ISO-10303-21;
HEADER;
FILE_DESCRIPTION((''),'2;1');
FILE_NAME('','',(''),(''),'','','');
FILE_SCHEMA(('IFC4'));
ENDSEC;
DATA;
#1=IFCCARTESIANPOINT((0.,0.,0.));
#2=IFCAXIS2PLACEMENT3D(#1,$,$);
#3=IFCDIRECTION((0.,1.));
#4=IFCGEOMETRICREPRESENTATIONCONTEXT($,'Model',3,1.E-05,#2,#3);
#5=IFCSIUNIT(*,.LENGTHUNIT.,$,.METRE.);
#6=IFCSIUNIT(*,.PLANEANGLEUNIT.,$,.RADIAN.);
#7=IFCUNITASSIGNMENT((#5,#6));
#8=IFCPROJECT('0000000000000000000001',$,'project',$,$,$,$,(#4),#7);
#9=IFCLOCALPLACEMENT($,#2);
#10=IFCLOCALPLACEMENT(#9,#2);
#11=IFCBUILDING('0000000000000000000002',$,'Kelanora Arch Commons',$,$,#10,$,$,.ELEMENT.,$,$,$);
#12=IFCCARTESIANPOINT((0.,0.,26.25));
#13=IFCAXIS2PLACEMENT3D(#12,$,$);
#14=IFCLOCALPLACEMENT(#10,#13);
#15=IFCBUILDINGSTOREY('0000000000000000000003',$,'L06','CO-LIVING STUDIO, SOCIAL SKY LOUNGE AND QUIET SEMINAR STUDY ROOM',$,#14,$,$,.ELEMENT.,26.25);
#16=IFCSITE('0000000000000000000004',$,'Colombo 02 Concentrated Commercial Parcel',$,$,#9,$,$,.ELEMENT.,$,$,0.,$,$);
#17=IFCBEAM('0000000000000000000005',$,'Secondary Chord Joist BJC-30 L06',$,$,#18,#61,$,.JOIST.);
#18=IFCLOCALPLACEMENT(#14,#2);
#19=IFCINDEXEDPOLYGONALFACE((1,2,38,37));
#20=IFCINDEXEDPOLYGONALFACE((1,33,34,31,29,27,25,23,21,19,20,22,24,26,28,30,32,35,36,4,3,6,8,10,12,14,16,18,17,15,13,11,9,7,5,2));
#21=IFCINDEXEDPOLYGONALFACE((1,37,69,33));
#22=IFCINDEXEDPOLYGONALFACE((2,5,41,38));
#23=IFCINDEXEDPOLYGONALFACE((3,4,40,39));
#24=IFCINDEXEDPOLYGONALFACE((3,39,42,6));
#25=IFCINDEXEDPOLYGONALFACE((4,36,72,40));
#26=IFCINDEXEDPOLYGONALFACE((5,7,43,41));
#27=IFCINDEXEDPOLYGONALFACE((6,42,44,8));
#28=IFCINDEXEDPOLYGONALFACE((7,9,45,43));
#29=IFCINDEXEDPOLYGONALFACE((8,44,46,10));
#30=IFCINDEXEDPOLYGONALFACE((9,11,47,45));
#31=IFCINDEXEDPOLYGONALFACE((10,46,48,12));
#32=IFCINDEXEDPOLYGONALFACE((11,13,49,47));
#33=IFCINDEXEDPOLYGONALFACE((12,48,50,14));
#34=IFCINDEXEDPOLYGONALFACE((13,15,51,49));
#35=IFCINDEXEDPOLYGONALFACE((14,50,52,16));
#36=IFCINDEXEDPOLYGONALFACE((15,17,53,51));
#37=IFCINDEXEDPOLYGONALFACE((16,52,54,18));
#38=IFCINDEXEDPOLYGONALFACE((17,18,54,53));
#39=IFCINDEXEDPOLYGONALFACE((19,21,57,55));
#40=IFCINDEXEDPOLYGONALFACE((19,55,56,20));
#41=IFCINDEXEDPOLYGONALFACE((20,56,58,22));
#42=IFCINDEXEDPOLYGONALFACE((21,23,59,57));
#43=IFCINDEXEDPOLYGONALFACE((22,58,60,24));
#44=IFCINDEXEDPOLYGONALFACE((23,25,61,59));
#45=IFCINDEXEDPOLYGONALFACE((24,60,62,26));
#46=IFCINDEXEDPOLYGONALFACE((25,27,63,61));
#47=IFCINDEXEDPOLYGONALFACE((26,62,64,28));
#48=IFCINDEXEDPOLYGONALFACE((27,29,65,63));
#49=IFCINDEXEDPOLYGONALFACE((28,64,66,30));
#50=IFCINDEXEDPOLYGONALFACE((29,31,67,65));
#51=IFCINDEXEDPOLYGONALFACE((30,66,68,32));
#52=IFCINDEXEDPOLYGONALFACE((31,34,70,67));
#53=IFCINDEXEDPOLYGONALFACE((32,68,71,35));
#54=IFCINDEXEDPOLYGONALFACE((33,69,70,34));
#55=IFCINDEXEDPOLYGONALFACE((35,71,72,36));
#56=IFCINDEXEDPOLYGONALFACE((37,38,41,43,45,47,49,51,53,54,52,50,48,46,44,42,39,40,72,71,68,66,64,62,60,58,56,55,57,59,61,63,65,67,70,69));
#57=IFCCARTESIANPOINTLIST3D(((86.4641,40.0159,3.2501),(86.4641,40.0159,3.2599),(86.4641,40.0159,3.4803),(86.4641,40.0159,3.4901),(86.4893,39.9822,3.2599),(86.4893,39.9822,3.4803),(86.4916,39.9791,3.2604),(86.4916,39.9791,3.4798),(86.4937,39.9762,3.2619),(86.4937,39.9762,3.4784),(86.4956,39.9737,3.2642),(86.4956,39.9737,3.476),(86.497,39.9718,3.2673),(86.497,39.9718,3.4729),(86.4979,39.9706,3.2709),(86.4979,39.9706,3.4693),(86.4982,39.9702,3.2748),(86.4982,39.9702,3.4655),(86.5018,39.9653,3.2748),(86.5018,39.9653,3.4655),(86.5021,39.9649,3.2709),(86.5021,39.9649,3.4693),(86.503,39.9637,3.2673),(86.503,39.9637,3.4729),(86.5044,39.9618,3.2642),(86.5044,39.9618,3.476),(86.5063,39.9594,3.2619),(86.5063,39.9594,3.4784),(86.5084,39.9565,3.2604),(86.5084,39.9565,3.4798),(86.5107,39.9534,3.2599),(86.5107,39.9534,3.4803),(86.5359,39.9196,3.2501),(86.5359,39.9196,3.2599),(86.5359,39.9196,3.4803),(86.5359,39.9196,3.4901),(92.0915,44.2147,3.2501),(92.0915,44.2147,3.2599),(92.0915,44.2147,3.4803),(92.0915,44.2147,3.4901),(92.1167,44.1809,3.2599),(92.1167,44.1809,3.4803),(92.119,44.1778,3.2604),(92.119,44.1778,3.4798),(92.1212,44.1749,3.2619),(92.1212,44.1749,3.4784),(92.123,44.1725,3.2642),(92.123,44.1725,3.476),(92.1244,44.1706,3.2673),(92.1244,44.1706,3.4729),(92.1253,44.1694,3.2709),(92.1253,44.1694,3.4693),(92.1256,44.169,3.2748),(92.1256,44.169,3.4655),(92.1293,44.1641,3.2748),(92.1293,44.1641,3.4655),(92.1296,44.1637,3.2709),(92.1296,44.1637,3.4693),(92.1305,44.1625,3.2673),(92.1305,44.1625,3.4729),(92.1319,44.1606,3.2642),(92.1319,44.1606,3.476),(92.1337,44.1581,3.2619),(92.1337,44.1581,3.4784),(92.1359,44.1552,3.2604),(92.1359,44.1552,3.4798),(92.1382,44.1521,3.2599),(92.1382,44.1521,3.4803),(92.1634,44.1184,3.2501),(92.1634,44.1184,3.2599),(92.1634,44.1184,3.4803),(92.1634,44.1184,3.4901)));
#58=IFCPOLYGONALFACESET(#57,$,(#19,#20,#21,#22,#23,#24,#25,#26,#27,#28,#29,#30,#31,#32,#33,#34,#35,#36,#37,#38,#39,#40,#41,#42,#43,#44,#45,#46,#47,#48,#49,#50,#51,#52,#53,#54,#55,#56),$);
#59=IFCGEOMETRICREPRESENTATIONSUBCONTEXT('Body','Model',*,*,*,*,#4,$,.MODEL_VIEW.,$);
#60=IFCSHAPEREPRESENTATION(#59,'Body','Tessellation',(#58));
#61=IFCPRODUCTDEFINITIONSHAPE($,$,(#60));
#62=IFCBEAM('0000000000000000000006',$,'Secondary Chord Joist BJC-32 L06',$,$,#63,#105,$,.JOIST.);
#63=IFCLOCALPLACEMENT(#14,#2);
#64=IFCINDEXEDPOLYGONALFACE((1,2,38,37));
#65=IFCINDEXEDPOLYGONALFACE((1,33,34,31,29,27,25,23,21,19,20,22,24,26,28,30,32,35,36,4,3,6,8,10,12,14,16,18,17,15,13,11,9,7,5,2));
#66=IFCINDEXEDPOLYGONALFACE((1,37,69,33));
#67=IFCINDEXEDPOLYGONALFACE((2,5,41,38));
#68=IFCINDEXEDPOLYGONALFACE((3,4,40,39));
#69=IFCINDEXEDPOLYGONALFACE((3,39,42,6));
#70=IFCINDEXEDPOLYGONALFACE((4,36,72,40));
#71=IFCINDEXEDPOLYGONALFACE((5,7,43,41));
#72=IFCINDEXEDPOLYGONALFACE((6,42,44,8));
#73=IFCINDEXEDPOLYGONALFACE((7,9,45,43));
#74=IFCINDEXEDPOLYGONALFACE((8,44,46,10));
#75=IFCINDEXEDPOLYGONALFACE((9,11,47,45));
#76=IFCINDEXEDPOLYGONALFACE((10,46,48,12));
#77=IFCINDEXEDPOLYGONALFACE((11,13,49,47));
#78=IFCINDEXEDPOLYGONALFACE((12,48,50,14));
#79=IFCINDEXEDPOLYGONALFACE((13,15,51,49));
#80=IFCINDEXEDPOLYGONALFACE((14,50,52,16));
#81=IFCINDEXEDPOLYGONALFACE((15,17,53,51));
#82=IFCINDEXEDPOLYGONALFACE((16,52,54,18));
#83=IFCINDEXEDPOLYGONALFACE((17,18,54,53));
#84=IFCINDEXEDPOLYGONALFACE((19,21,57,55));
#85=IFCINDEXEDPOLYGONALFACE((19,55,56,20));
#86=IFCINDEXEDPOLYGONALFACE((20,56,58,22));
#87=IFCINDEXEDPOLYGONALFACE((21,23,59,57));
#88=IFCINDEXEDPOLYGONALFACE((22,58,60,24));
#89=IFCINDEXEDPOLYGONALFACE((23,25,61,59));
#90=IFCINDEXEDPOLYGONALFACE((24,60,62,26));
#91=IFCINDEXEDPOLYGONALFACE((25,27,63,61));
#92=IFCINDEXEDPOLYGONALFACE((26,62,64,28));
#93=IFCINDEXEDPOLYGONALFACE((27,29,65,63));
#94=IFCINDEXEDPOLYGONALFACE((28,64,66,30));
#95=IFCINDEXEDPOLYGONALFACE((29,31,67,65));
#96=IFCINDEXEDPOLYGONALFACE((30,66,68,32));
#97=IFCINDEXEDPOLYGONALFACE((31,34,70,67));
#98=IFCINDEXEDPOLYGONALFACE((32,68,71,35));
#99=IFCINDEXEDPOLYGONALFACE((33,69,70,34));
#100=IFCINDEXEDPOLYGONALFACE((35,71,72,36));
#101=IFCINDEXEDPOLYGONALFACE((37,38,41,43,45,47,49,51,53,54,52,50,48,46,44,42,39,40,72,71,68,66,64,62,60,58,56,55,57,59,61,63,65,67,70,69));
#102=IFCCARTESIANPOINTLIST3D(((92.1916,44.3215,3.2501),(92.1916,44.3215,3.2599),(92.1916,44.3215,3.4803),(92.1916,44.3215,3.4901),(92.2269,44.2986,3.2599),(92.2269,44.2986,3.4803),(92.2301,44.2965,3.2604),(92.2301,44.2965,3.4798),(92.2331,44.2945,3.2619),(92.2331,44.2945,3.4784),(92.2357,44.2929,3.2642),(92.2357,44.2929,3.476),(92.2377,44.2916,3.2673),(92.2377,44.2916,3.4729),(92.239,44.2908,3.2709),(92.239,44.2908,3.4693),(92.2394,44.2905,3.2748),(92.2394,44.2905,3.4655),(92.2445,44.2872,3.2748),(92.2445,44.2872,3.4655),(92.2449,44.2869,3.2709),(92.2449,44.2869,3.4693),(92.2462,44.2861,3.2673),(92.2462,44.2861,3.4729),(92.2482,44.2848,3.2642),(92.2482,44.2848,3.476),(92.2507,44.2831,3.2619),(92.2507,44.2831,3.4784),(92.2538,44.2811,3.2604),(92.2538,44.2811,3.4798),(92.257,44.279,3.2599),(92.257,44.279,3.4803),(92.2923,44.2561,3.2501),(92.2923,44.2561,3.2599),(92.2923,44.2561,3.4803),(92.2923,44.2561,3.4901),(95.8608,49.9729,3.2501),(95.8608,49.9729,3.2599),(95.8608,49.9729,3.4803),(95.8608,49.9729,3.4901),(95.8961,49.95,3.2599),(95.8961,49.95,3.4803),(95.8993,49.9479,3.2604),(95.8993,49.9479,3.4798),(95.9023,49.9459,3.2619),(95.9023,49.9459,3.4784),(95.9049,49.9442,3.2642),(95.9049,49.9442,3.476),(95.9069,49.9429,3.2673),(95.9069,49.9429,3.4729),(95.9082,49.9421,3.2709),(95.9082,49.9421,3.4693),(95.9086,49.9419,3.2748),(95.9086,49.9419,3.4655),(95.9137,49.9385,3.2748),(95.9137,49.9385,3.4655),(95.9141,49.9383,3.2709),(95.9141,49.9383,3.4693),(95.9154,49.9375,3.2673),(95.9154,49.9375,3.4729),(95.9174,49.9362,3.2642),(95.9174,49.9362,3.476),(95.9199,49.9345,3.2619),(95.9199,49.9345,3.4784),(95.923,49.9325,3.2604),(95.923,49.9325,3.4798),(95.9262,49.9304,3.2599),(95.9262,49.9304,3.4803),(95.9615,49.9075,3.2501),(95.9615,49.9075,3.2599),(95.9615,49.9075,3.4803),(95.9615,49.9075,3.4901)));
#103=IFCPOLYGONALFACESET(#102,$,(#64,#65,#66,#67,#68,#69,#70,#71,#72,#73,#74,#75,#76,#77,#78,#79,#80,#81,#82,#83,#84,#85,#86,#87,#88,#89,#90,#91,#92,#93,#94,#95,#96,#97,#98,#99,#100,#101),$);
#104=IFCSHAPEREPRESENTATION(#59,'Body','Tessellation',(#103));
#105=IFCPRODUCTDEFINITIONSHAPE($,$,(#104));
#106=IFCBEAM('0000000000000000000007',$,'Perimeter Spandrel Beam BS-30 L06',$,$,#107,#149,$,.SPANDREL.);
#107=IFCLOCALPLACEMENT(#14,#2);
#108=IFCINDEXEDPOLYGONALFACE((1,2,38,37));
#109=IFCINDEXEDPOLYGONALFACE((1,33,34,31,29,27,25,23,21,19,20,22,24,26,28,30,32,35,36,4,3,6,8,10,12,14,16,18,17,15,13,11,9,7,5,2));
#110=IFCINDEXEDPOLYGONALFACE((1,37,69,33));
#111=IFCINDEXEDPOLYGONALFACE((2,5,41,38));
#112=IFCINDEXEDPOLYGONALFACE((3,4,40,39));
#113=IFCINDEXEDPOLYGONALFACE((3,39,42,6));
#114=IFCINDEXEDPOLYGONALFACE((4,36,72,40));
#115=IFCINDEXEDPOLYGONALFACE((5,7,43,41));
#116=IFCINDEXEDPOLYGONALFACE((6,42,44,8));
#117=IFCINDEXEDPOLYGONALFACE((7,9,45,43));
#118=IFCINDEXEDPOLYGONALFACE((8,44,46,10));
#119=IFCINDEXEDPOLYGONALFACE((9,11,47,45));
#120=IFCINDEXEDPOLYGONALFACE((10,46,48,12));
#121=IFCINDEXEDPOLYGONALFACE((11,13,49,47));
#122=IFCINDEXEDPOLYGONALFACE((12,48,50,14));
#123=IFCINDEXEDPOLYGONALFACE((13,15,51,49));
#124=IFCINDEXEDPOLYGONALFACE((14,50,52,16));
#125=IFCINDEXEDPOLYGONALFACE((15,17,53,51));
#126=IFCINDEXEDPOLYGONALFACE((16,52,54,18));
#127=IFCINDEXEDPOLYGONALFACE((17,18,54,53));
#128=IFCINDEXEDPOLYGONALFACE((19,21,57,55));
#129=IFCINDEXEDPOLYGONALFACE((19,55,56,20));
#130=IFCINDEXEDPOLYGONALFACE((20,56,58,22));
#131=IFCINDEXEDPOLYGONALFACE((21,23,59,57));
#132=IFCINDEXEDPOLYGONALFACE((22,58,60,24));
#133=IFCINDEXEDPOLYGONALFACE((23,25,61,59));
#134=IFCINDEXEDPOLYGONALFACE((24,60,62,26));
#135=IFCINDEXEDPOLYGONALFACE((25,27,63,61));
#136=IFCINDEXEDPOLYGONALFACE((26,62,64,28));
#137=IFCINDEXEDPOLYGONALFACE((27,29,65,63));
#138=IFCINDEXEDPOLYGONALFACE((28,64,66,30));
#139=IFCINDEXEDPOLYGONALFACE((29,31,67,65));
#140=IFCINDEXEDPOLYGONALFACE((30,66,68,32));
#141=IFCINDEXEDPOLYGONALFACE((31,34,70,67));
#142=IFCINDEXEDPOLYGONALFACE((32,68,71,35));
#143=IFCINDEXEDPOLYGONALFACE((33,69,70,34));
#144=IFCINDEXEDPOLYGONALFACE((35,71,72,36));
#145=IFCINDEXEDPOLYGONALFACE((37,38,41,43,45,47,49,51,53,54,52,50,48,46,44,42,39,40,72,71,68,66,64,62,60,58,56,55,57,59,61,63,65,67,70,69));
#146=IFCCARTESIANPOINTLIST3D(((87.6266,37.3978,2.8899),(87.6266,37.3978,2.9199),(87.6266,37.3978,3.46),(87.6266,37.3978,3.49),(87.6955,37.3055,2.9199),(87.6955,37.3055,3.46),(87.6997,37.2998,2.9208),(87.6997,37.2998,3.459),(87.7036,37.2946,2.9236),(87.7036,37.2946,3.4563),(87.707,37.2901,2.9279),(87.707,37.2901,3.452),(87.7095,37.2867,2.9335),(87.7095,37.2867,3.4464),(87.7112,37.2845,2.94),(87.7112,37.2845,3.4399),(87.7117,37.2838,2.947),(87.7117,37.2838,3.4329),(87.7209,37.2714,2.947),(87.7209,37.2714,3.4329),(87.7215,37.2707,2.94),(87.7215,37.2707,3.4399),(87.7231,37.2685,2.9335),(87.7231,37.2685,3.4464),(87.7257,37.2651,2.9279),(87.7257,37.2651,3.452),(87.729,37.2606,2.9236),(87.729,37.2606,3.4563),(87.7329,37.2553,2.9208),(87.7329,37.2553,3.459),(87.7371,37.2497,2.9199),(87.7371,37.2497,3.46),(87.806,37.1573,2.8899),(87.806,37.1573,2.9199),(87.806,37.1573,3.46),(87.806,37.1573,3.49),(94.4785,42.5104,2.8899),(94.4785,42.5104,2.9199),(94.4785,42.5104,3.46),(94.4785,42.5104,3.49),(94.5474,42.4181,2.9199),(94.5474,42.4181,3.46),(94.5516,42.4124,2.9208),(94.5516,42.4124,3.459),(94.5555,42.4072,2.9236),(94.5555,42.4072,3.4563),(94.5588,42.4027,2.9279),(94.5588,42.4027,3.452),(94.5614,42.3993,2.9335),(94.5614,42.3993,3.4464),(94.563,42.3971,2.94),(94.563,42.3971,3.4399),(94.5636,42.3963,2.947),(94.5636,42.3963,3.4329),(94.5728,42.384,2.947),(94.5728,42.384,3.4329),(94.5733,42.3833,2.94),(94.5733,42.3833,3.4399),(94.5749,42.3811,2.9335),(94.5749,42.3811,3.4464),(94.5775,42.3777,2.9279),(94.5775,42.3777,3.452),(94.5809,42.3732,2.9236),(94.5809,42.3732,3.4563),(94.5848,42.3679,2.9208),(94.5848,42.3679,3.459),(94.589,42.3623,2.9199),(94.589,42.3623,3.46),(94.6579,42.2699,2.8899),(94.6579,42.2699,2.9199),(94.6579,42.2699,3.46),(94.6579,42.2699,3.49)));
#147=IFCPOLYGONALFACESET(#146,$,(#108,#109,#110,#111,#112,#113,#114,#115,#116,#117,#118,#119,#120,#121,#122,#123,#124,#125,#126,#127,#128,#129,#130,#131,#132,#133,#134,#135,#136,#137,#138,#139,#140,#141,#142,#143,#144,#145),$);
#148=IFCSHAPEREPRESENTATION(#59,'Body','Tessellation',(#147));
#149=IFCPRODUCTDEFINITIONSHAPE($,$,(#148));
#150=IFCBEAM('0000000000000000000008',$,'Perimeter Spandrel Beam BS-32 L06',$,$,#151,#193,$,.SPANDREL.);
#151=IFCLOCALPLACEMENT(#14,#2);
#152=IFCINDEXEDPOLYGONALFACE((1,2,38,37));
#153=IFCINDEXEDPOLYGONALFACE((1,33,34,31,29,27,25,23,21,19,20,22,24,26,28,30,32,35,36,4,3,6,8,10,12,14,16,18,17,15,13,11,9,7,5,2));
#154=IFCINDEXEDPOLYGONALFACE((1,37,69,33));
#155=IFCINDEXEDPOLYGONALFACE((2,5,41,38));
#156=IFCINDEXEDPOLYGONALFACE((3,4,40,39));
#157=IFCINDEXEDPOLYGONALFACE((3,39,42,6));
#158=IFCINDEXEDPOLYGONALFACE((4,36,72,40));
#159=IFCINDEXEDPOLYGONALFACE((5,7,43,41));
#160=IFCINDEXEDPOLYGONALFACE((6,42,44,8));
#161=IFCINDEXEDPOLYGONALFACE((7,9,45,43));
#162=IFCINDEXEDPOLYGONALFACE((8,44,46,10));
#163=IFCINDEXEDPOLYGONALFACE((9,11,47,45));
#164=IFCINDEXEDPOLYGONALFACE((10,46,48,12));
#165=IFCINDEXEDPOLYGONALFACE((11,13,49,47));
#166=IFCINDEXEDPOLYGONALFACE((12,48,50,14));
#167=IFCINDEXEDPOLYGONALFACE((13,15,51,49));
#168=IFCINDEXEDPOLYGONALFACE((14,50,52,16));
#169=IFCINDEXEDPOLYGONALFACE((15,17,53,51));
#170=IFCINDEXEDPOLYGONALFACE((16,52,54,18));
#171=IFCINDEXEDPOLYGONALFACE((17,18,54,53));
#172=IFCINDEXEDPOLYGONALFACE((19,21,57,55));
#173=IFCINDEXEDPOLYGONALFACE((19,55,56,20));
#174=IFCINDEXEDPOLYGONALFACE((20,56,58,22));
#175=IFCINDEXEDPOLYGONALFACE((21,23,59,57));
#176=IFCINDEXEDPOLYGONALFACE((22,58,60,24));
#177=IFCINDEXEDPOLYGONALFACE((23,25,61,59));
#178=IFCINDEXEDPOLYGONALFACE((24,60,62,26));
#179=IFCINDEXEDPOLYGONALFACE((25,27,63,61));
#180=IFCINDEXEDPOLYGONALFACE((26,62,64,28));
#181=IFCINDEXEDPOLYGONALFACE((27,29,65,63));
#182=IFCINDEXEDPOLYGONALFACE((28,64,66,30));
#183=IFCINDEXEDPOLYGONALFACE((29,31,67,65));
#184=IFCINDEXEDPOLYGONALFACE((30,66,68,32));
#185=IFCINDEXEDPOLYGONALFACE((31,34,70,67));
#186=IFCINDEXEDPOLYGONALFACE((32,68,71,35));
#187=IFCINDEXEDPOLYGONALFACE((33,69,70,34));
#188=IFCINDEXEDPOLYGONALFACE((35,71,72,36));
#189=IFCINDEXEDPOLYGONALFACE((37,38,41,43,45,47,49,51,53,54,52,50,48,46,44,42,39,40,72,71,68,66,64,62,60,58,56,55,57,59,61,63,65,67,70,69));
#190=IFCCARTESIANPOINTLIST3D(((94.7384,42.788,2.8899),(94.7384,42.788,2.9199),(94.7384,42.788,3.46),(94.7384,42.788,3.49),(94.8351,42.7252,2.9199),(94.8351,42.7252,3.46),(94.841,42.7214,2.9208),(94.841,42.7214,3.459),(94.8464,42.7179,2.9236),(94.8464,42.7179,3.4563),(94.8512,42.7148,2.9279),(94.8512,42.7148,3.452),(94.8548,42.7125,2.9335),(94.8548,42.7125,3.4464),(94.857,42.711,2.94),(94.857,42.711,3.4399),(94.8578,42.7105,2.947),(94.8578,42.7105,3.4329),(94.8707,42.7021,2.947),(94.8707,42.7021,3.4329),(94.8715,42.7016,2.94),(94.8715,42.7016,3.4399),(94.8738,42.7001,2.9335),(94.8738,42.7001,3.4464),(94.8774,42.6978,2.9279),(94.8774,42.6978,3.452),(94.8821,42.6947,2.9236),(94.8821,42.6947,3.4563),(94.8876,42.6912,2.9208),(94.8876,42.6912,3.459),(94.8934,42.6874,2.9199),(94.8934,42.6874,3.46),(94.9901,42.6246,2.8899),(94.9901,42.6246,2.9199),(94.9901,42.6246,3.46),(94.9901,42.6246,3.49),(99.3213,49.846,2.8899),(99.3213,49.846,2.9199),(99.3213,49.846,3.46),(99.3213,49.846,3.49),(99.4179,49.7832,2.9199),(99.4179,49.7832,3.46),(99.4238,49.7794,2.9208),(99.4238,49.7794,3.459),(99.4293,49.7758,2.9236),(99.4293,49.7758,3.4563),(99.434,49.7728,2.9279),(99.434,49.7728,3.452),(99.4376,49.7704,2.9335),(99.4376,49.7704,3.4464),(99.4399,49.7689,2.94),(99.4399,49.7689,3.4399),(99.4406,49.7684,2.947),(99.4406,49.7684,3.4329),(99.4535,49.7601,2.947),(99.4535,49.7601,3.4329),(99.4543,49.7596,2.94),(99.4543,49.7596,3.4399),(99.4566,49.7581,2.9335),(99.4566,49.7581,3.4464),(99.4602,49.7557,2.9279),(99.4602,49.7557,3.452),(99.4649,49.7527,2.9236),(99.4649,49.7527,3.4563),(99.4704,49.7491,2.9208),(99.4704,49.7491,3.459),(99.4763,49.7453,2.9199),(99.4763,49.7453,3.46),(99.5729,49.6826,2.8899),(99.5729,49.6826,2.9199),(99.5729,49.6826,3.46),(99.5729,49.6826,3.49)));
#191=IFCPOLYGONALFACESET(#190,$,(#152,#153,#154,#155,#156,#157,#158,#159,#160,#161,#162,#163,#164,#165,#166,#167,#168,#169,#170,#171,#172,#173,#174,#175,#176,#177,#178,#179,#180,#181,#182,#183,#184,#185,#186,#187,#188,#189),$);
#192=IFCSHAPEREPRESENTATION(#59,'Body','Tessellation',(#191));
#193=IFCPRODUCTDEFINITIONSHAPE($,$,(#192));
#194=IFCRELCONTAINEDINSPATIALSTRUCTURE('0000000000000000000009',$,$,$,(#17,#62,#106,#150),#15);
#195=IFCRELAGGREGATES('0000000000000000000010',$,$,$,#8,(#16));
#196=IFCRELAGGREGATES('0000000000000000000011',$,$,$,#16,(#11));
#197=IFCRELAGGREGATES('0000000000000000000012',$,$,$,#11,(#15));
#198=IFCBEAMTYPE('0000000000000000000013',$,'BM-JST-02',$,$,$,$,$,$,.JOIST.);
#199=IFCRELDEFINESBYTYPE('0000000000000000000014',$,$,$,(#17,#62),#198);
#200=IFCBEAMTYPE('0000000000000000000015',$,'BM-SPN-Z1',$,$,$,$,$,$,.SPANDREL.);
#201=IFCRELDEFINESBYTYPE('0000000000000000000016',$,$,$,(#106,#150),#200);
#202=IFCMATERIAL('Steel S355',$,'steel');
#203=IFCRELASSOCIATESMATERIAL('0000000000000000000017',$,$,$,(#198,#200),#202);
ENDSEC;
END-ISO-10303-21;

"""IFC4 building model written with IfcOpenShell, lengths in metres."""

from ifc_helpers import new_model, si_unit, direction, frame, origin, origin_2d, place, context, subcontext, project, spatial, i_section, extrude, material, material_profile, profile_set, type_object, element, save


model = new_model("IFC4")

# Units and contexts
model_context = context("Model", 3, precision=1e-05, world=origin(), true_north=direction((0.0, 1.0)))
body_context = subcontext(model_context, "Body", "Model", "MODEL_VIEW")
ifc_project = project(units=[si_unit("LENGTHUNIT", "METRE"), si_unit("PLANEANGLEUNIT", "RADIAN")], contexts=[model_context])

# Site, building, storey
site_placement = place(None, origin())
site = spatial("IfcSite", under=ifc_project, at=site_placement, Name="Colombo 02 Concentrated Commercial Parcel", CompositionType="ELEMENT", RefElevation=0.0)
building_placement = place(site_placement, origin())
building = spatial("IfcBuilding", under=site, at=building_placement, Name="Kelanora Arch Commons", CompositionType="ELEMENT")
storey_placement = place(building_placement, frame((0.0, 0.0, 26.25)))
storey = spatial("IfcBuildingStorey", under=building, at=storey_placement, Name="L06", Description="CO-LIVING STUDIO, SOCIAL SKY LOUNGE AND QUIET SEMINAR STUDY ROOM", CompositionType="ELEMENT", Elevation=26.25)

# Beams
ifc_material_1 = material(Name="Steel S355", Category="steel")
ifc_material_profile_1 = material_profile(ifc_material_1, i_section(OverallWidth=0.1201, OverallDepth=0.24, WebThickness=0.0061, FlangeThickness=0.0098, FilletRadius=0.0149, at=origin_2d()), Name="IPE240")
ifc_profile_set_1 = profile_set([ifc_material_profile_1], Name="Steel S355")
beam_type_1 = type_object("IfcBeamType", Name="BM-JST-02", PredefinedType="JOIST", material=ifc_profile_set_1)
beam_1_placement = place(storey_placement, frame((86.5, 39.9678, 3.3701), z_axis=(0.801491, 0.598006, 0.0), x_axis=(-0.598006, 0.801491, 0.0)))
element("IfcBeam", 1, at=beam_1_placement, inside=storey, type_object=beam_type_1, Name="Secondary Chord Joist BJC-30 L06", PredefinedType="JOIST", context=body_context, shape_type="SweptSolid", body=[
    extrude(i_section(OverallWidth=0.1201, OverallDepth=0.24, WebThickness=0.0061, FlangeThickness=0.0098, FilletRadius=0.0149, at=origin_2d()), origin(), (0.0, 0.0, 1.0), 7.0212),
])
beam_2_placement = place(storey_placement, frame((92.2419, 44.2888, 3.3701), z_axis=(0.54455, 0.838728, 0.0), x_axis=(-0.838728, 0.54455, 0.0)))
element("IfcBeam", 2, at=beam_2_placement, inside=storey, type_object=beam_type_1, Name="Secondary Chord Joist BJC-32 L06", PredefinedType="JOIST", context=body_context, shape_type="SweptSolid", body=[
    extrude(i_section(OverallWidth=0.1201, OverallDepth=0.24, WebThickness=0.0061, FlangeThickness=0.0098, FilletRadius=0.0149, at=origin_2d()), origin(), (0.0, 0.0, 1.0), 6.738),
])
ifc_material_profile_2 = material_profile(ifc_material_1, i_section(OverallWidth=0.3, OverallDepth=0.6001, WebThickness=0.0154, FlangeThickness=0.03, FilletRadius=0.0271, at=origin_2d()), Name="HEB600")
ifc_profile_set_2 = profile_set([ifc_material_profile_2], Name="Steel S355")
beam_type_2 = type_object("IfcBeamType", Name="BM-SPN-Z1", PredefinedType="SPANDREL", material=ifc_profile_set_2)
beam_3_placement = place(storey_placement, frame((87.7163, 37.2776, 3.1899), z_axis=(0.801475, 0.598029, 0.0), x_axis=(-0.598029, 0.801475, 0.0)))
element("IfcBeam", 3, at=beam_3_placement, inside=storey, type_object=beam_type_2, Name="Perimeter Spandrel Beam BS-30 L06", PredefinedType="SPANDREL", context=body_context, shape_type="SweptSolid", body=[
    extrude(i_section(OverallWidth=0.3, OverallDepth=0.6001, WebThickness=0.0154, FlangeThickness=0.03, FilletRadius=0.0271, at=origin_2d()), origin(), (0.0, 0.0, 1.0), 8.5491),
])
beam_4_placement = place(storey_placement, frame((94.8643, 42.7063, 3.1899), z_axis=(0.544583, 0.838707, 0.0), x_axis=(-0.838707, 0.544583, 0.0)))
element("IfcBeam", 4, at=beam_4_placement, inside=storey, type_object=beam_type_2, Name="Perimeter Spandrel Beam BS-32 L06", PredefinedType="SPANDREL", context=body_context, shape_type="SweptSolid", body=[
    extrude(i_section(OverallWidth=0.3, OverallDepth=0.6001, WebThickness=0.0154, FlangeThickness=0.03, FilletRadius=0.0271, at=origin_2d()), origin(), (0.0, 0.0, 1.0), 8.4153),
])

save(model, "model.ifc")
